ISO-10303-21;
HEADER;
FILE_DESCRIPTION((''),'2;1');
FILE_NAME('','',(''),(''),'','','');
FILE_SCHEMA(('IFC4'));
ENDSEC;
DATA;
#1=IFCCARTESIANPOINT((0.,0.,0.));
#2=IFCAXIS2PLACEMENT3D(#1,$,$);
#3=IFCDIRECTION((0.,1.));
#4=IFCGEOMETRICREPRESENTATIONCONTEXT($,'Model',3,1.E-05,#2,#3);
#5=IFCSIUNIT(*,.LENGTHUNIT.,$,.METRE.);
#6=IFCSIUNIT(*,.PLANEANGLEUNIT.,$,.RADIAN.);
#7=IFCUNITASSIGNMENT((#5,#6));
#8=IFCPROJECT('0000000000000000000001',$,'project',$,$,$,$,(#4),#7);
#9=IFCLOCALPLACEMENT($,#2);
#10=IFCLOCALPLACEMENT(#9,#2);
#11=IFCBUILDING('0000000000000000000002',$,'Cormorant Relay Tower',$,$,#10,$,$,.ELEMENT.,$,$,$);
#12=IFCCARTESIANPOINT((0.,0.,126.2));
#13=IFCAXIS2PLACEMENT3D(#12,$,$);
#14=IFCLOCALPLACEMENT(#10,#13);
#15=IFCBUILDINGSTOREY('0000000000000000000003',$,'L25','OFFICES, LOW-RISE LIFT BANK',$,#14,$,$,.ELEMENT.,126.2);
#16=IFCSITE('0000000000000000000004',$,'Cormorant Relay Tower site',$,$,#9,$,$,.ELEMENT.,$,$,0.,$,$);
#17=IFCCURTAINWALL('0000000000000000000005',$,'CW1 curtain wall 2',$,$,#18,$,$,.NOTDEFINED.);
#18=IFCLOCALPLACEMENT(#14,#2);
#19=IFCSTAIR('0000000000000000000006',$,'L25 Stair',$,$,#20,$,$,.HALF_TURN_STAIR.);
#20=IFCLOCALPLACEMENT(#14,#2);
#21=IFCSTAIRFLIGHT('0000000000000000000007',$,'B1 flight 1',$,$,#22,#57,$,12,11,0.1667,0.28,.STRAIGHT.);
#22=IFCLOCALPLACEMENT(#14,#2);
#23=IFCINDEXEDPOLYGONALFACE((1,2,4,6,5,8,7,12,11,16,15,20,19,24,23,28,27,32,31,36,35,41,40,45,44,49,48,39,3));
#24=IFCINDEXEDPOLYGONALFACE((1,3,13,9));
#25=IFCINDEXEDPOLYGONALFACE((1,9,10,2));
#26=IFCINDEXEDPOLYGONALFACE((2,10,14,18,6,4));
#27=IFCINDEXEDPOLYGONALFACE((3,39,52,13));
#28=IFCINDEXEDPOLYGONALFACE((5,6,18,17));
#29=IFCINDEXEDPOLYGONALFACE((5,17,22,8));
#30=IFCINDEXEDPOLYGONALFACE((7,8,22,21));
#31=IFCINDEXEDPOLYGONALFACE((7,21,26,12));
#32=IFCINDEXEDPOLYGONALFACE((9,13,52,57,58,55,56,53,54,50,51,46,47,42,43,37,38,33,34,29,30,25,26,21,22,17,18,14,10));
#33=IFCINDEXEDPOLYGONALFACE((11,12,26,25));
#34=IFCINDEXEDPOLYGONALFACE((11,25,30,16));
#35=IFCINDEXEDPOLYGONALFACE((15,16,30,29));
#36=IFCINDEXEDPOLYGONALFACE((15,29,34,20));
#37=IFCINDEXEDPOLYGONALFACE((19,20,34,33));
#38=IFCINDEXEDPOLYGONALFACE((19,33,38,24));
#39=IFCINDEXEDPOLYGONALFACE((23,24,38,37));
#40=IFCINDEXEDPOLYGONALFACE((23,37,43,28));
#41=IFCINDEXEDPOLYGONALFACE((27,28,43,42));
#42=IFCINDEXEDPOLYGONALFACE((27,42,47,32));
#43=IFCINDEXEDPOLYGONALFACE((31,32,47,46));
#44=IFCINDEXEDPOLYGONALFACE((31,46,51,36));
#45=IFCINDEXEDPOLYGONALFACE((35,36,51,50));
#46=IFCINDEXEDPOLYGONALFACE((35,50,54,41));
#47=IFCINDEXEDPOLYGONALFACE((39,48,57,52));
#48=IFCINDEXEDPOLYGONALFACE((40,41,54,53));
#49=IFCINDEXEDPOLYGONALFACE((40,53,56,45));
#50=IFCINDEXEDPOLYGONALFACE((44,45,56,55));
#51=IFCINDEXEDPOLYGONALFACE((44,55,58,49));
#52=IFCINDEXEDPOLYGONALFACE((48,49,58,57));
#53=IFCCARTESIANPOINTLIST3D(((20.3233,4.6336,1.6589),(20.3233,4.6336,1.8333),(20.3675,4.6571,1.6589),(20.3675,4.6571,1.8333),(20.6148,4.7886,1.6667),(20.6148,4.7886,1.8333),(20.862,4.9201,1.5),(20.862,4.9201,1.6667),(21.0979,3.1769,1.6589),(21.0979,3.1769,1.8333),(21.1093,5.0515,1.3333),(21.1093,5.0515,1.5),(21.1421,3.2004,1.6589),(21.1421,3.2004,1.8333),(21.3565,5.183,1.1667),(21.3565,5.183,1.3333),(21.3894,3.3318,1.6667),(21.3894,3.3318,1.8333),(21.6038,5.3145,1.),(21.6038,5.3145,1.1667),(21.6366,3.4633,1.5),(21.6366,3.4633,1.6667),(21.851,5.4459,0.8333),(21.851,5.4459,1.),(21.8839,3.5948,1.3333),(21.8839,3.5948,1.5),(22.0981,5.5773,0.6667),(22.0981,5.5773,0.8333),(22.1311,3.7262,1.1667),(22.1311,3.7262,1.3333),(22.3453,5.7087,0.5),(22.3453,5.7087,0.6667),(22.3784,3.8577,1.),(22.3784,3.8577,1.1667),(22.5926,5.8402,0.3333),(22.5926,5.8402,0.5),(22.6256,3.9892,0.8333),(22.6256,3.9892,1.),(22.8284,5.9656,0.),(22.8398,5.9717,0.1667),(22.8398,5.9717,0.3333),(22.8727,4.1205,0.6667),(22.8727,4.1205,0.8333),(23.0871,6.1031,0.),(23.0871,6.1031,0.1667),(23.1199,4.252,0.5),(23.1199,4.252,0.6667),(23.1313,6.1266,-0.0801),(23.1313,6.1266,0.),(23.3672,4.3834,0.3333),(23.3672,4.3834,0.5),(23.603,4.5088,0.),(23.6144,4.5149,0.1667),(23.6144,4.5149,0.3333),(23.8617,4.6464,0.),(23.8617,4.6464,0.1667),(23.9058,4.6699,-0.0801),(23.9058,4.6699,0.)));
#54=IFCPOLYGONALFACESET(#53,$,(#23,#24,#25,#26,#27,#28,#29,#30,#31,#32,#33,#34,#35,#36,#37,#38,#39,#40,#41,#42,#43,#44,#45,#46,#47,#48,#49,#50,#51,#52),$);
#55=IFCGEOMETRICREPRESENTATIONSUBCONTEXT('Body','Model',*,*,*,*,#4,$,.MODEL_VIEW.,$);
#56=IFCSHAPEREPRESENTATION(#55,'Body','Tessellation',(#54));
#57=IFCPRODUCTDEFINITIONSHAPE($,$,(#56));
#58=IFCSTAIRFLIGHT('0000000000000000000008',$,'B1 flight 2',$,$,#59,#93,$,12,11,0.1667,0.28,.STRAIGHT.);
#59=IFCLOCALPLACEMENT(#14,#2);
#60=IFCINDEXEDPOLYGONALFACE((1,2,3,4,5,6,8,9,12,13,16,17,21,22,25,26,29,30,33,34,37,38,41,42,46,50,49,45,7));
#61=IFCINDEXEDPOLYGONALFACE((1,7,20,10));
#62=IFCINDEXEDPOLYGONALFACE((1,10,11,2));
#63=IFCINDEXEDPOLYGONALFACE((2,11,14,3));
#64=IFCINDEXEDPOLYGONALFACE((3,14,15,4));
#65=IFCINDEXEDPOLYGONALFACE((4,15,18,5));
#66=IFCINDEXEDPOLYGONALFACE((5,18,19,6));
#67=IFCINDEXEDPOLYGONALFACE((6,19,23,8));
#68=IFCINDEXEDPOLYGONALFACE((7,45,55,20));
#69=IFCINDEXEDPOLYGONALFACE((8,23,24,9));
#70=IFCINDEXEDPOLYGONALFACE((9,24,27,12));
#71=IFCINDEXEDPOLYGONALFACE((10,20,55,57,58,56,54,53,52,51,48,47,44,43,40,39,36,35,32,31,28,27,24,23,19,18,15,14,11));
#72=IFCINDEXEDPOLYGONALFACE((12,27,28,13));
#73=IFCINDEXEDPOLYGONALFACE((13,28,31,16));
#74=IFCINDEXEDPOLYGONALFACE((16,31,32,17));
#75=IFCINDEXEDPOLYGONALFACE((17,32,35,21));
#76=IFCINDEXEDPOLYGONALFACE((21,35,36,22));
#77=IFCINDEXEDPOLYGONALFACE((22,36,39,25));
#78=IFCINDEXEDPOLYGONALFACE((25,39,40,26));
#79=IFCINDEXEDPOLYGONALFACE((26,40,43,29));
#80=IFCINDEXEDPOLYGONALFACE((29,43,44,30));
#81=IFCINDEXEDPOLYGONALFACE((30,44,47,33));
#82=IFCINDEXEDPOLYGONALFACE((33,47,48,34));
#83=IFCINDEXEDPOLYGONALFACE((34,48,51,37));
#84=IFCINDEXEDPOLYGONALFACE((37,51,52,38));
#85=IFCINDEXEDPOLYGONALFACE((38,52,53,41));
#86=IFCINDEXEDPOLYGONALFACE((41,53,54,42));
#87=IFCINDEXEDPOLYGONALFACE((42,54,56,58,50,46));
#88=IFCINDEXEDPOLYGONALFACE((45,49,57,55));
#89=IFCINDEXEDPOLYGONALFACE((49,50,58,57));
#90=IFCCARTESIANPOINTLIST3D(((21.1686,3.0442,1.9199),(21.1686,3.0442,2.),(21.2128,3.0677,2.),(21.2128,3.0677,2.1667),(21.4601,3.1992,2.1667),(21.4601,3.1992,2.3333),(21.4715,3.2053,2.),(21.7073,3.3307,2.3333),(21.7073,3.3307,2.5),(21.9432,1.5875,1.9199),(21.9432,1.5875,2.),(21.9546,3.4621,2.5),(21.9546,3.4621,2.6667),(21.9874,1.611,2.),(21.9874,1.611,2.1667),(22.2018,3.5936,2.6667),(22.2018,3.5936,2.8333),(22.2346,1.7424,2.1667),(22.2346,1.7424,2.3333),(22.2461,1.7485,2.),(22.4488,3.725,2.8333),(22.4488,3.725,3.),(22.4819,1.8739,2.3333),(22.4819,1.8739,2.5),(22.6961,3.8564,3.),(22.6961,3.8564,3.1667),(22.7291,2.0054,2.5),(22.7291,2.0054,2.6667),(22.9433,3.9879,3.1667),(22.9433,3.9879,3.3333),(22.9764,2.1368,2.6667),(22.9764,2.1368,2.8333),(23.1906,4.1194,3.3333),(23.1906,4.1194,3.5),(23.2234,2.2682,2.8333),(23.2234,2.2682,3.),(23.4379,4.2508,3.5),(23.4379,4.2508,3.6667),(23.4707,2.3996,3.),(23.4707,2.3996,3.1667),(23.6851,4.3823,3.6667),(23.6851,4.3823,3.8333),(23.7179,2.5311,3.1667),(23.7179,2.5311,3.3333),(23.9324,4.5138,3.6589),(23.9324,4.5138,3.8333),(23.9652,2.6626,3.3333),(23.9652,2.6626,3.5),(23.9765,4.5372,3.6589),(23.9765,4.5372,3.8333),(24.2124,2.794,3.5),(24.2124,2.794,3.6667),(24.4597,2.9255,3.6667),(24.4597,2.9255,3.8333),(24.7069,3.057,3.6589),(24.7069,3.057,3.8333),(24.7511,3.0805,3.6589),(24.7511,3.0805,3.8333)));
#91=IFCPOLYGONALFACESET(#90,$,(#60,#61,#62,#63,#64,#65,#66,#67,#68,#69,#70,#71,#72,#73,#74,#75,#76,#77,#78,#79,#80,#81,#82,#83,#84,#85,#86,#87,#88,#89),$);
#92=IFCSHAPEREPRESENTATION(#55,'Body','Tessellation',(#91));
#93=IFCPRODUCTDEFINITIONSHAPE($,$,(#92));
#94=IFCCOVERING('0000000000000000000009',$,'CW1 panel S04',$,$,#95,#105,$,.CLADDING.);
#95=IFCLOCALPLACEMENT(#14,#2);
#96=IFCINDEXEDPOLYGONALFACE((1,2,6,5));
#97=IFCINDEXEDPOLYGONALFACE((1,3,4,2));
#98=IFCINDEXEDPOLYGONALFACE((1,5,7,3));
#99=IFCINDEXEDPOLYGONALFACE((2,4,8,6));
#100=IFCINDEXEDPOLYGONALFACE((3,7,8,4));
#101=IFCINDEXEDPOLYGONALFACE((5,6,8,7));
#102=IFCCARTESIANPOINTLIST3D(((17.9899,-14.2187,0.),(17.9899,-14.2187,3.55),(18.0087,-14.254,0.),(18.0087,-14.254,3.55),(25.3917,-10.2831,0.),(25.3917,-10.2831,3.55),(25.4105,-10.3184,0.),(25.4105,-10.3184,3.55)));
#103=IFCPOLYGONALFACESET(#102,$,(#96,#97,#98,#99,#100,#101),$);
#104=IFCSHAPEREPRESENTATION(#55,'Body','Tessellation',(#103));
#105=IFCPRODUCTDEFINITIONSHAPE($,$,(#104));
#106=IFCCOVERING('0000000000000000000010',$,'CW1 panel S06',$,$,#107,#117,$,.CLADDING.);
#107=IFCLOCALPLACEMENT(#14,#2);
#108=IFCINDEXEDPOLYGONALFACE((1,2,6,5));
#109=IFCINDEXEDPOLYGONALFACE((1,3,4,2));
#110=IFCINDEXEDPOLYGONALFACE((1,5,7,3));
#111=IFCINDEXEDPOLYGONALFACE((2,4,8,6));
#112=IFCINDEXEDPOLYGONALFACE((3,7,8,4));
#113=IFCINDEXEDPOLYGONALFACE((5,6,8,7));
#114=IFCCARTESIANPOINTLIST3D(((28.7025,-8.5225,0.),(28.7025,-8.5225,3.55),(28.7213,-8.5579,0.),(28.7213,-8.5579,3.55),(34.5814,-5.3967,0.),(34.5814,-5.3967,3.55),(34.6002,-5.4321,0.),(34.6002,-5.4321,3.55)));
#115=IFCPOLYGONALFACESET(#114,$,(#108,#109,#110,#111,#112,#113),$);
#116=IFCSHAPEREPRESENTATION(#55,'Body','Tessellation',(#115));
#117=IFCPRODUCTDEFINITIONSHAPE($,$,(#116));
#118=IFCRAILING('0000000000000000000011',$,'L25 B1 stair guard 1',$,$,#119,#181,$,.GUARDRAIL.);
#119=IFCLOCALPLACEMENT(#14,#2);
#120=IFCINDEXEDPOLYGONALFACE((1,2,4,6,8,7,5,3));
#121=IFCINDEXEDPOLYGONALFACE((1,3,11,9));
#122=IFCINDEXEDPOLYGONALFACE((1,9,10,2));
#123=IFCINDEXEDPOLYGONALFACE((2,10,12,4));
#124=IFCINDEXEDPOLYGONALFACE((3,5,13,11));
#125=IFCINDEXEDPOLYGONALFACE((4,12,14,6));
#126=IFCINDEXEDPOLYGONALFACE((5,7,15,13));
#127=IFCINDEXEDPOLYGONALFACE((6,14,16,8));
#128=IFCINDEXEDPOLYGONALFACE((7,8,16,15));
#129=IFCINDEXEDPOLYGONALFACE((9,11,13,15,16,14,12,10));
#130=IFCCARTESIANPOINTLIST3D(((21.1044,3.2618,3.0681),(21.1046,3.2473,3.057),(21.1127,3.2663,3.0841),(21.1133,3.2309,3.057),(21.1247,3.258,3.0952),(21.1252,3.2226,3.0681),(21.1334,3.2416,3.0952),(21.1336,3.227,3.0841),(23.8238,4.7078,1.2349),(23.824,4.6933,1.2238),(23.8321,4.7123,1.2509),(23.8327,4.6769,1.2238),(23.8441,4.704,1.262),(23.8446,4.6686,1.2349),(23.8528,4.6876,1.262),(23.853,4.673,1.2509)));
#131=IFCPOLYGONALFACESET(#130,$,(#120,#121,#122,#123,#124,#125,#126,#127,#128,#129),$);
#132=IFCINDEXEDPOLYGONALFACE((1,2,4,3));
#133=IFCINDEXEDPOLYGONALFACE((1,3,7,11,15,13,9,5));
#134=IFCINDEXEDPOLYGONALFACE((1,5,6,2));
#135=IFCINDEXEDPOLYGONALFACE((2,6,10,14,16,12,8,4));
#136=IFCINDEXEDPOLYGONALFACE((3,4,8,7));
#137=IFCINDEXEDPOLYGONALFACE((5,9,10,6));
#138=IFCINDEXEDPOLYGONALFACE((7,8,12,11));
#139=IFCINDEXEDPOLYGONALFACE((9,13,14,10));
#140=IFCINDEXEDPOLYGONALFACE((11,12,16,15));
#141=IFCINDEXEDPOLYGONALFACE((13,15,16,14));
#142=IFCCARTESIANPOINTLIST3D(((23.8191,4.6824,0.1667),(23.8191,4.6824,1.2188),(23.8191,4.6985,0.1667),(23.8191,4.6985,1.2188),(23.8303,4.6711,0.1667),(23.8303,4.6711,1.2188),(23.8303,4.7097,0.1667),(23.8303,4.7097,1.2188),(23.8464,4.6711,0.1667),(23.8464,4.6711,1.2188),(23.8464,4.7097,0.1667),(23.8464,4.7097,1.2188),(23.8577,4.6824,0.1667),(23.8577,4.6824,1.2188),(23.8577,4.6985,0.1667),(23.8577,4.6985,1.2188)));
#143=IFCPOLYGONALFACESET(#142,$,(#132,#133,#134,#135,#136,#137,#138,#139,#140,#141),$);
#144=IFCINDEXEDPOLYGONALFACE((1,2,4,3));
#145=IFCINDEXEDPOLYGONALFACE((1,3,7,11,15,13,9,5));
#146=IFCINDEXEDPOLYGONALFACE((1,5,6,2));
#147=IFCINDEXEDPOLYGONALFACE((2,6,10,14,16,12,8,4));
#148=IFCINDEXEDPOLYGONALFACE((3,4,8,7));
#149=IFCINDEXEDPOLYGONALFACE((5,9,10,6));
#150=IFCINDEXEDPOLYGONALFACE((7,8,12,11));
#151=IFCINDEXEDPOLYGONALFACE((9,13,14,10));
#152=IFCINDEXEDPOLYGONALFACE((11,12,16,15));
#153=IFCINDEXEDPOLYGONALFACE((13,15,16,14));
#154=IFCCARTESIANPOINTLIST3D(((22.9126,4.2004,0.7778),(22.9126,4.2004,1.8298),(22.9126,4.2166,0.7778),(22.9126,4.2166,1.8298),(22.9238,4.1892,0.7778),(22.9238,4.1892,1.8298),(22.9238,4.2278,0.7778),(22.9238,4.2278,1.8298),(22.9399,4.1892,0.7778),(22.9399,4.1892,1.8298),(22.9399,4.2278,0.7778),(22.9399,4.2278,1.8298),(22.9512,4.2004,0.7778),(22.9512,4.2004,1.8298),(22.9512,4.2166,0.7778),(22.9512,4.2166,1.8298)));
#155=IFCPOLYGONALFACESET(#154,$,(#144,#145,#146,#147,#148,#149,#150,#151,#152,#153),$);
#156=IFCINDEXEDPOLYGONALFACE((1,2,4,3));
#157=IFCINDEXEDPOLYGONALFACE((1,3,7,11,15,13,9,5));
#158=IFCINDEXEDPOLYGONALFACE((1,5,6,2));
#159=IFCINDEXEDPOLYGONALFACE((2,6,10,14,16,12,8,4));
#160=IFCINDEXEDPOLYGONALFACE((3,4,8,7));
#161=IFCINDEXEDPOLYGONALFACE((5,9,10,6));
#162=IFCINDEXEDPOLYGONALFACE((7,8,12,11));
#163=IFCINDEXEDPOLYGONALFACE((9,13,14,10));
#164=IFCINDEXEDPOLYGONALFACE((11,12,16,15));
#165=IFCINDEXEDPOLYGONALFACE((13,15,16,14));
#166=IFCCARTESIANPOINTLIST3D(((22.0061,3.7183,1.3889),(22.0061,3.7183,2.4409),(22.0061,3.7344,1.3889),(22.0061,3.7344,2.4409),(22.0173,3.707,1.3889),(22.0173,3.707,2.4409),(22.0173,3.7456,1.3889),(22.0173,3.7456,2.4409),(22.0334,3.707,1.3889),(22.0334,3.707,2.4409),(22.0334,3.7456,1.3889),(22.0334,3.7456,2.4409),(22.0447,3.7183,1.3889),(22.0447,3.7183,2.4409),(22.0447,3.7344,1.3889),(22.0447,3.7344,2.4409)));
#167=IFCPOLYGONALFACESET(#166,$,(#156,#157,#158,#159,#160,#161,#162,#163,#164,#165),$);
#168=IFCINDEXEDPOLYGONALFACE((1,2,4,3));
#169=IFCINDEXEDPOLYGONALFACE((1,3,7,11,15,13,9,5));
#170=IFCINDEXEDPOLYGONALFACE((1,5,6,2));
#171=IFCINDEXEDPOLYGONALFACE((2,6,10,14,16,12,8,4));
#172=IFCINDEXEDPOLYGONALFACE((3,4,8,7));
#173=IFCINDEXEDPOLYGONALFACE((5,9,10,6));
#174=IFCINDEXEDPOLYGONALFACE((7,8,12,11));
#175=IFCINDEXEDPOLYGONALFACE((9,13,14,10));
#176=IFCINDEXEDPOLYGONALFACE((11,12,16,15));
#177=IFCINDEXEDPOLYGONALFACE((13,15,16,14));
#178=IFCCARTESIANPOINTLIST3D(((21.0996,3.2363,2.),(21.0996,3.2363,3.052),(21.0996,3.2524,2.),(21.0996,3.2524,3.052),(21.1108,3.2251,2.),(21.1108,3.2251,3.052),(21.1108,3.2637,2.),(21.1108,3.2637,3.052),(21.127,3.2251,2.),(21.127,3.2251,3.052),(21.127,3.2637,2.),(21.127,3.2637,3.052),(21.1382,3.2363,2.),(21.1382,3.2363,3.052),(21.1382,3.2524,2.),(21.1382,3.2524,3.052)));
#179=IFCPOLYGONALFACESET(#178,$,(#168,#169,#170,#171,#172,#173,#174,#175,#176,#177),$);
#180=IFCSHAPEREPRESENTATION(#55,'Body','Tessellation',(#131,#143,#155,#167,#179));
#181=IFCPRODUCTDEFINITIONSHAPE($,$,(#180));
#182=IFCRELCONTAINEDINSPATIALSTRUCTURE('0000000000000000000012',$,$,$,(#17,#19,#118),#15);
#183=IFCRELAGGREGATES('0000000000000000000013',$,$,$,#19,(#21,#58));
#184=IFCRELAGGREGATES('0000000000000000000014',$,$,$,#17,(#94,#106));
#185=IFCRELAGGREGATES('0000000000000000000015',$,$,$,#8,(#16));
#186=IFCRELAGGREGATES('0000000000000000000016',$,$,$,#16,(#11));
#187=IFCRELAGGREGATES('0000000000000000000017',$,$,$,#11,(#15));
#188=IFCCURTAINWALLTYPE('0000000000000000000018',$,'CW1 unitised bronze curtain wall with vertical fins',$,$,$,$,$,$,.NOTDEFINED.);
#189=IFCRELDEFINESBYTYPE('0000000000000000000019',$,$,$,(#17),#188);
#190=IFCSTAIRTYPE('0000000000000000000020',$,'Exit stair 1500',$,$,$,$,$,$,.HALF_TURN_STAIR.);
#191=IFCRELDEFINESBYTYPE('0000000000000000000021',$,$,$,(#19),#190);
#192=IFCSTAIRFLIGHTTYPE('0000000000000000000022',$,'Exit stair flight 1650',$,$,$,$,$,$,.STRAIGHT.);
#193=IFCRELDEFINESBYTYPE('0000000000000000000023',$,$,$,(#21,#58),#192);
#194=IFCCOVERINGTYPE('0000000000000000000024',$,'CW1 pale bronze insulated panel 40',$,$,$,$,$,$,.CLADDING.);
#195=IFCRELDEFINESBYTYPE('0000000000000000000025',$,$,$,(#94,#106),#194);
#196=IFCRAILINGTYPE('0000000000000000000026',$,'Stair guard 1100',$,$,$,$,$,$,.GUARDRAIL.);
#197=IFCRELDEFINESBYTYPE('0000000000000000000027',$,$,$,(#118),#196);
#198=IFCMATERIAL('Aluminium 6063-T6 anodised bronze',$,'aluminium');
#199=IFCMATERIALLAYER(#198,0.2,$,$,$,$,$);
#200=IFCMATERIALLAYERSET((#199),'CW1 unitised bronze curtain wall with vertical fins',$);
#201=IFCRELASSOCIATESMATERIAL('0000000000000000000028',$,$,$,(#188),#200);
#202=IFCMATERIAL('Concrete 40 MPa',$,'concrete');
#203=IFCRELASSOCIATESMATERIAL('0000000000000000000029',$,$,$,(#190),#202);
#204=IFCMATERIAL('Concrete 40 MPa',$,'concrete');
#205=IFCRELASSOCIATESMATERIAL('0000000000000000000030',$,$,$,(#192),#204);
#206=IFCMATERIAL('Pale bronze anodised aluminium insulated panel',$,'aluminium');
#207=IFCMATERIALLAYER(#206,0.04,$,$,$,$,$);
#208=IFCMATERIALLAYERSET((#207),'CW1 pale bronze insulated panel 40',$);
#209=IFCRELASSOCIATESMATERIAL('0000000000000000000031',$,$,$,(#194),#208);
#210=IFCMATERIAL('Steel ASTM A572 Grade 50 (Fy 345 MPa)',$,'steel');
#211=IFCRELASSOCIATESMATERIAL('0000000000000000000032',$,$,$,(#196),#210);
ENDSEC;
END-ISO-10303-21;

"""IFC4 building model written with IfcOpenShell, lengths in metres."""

from ifc_helpers import new_model, si_unit, direction, frame, origin, origin_2d, place, context, subcontext, project, spatial, polyline, rectangle, outline, extrude, material, layer, layer_set, type_object, element, aggregate, save


model = new_model("IFC4")

# Units and contexts
model_context = context("Model", 3, precision=1e-05, world=origin(), true_north=direction((0.0, 1.0)))
body_context = subcontext(model_context, "Body", "Model", "MODEL_VIEW")
ifc_project = project(units=[si_unit("LENGTHUNIT", "METRE"), si_unit("PLANEANGLEUNIT", "RADIAN")], contexts=[model_context])

# Site, building, storey
site_placement = place(None, origin())
site = spatial("IfcSite", under=ifc_project, at=site_placement, Name="Cormorant Relay Tower site", CompositionType="ELEMENT", RefElevation=0.0)
building_placement = place(site_placement, origin())
building = spatial("IfcBuilding", under=site, at=building_placement, Name="Cormorant Relay Tower", CompositionType="ELEMENT")
storey_placement = place(building_placement, frame((0.0, 0.0, 126.2)))
storey = spatial("IfcBuildingStorey", under=building, at=storey_placement, Name="L25", Description="OFFICES, LOW-RISE LIFT BANK", CompositionType="ELEMENT", Elevation=126.2)

# Curtain wall
ifc_material_1 = material(Name="Aluminium 6063-T6 anodised bronze", Category="aluminium")
ifc_layer_1 = layer(ifc_material_1, 0.2)
ifc_layer_set_1 = layer_set([ifc_layer_1], Name="CW1 unitised bronze curtain wall with vertical fins")
curtain_wall_type = type_object("IfcCurtainWallType", Name="CW1 unitised bronze curtain wall with vertical fins", PredefinedType="NOTDEFINED", material=ifc_layer_set_1)
curtain_wall_1_placement = place(storey_placement, origin())
curtain_wall_1 = element("IfcCurtainWall", 1, at=curtain_wall_1_placement, inside=storey, type_object=curtain_wall_type, Name="CW1 curtain wall 2", PredefinedType="NOTDEFINED")

# Stair, stair flights
ifc_material_2 = material(Name="Concrete 40 MPa", Category="concrete")
stair_type = type_object("IfcStairType", Name="Exit stair 1500", PredefinedType="HALF_TURN_STAIR", material=ifc_material_2)
stair_placement = place(storey_placement, origin())
stair = element("IfcStair", 2, at=stair_placement, inside=storey, type_object=stair_type, Name="L25 Stair", PredefinedType="HALF_TURN_STAIR")
ifc_material_3 = material(Name="Concrete 40 MPa", Category="concrete")
stair_flight_type = type_object("IfcStairFlightType", Name="Exit stair flight 1650", PredefinedType="STRAIGHT", material=ifc_material_3)
stair_flight_1_placement = place(storey_placement, frame((23.4744, 5.3748, 0.0), z_axis=(0.0, 0.0, 1.0), x_axis=(-0.882948, -0.469472, 0.0)))
stair_flight_1 = element("IfcStairFlight", 3, at=stair_flight_1_placement, type_object=stair_flight_type, Name="B1 flight 1", NumberOfRisers=12, NumberOfTreads=11, PredefinedType="STRAIGHT", RiserHeight=0.1667, TreadLength=0.28, context=body_context, shape_type="SweptSolid", body=[
    extrude(outline(polyline([(-0.05, -0.0801), (-0.05, 0.0), (0.0, 0.0), (0.0, 0.1667), (0.28, 0.1667), (0.28, 0.3333), (0.5601, 0.3333), (0.5601, 0.5), (0.8401, 0.5), (0.8401, 0.6667), (1.1201, 0.6667), (1.1201, 0.8333), (1.3999, 0.8333), (1.3999, 1.0), (1.6799, 1.0), (1.6799, 1.1667), (1.96, 1.1667), (1.96, 1.3333), (2.24, 1.3333), (2.24, 1.5), (2.52, 1.5), (2.52, 1.6667), (2.8, 1.6667), (2.8, 1.8333), (3.0801, 1.8333), (3.1301, 1.8333), (3.1301, 1.6589), (3.0801, 1.6589), (0.293, 0.0), (-0.05, -0.0801)])), frame((0.0, 0.825, 0.0), z_axis=(0.0, -1.0, 0.0), x_axis=(1.0, 0.0, 0.0)), (0.0, 0.0, 1.0), 1.6499),
])
stair_flight_2_placement = place(storey_placement, frame((21.6001, 2.3394, 2.0), z_axis=(0.0, 0.0, 1.0), x_axis=(0.882948, 0.469472, 0.0)))
stair_flight_2 = element("IfcStairFlight", 4, at=stair_flight_2_placement, type_object=stair_flight_type, Name="B1 flight 2", NumberOfRisers=12, NumberOfTreads=11, PredefinedType="STRAIGHT", RiserHeight=0.1667, TreadLength=0.28, context=body_context, shape_type="SweptSolid", body=[
    extrude(outline(polyline([(-0.05, -0.0801), (-0.05, 0.0), (0.0, 0.0), (0.0, 0.1667), (0.28, 0.1667), (0.28, 0.3333), (0.5601, 0.3333), (0.5601, 0.5), (0.8401, 0.5), (0.8401, 0.6667), (1.1201, 0.6667), (1.1201, 0.8333), (1.3999, 0.8333), (1.3999, 1.0), (1.6799, 1.0), (1.6799, 1.1667), (1.96, 1.1667), (1.96, 1.3333), (2.24, 1.3333), (2.24, 1.5), (2.52, 1.5), (2.52, 1.6667), (2.8, 1.6667), (2.8, 1.8333), (3.0801, 1.8333), (3.1301, 1.8333), (3.1301, 1.6589), (3.0801, 1.6589), (0.293, 0.0), (-0.05, -0.0801)])), frame((0.0, 0.825, 0.0), z_axis=(0.0, -1.0, 0.0), x_axis=(1.0, 0.0, 0.0)), (0.0, 0.0, 1.0), 1.6499),
])
aggregate(stair, [stair_flight_1, stair_flight_2])

# Coverings
ifc_material_4 = material(Name="Pale bronze anodised aluminium insulated panel", Category="aluminium")
ifc_layer_2 = layer(ifc_material_4, 0.04)
ifc_layer_set_2 = layer_set([ifc_layer_2], Name="CW1 pale bronze insulated panel 40")
covering_type = type_object("IfcCoveringType", Name="CW1 pale bronze insulated panel 40", PredefinedType="CLADDING", material=ifc_layer_set_2)
covering_1_placement = place(storey_placement, frame((21.7002, -12.2686, 0.0), z_axis=(0.0, 0.0, 1.0), x_axis=(0.882948, 0.469472, 0.0)))
covering_1 = element("IfcCovering", 5, at=covering_1_placement, type_object=covering_type, Name="CW1 panel S04", PredefinedType="CLADDING", context=body_context, shape_type="SweptSolid", body=[
    extrude(rectangle(XDim=8.3831, YDim=0.04, at=origin_2d()), origin(), (0.0, 0.0, 1.0), 3.55),
])
covering_2_placement = place(storey_placement, frame((31.6514, -6.9773, 0.0), z_axis=(0.0, 0.0, 1.0), x_axis=(0.882948, 0.469472, 0.0)))
covering_2 = element("IfcCovering", 6, at=covering_2_placement, type_object=covering_type, Name="CW1 panel S06", PredefinedType="CLADDING", context=body_context, shape_type="SweptSolid", body=[
    extrude(rectangle(XDim=6.6582, YDim=0.04, at=origin_2d()), origin(), (0.0, 0.0, 1.0), 3.55),
])
aggregate(curtain_wall_1, [covering_1, covering_2])

# Railing
ifc_material_5 = material(Name="Steel ASTM A572 Grade 50 (Fy 345 MPa)", Category="steel")
railing_type_1 = type_object("IfcRailingType", Name="Stair guard 1100", PredefinedType="GUARDRAIL", material=ifc_material_5)
railing_1_placement = place(storey_placement, frame((23.8384, 4.6904, 0.1667)))
element("IfcRailing", 7, at=railing_1_placement, inside=storey, type_object=railing_type_1, Name="L25 B1 stair guard 1", PredefinedType="GUARDRAIL", context=body_context, shape_type="SweptSolid", body=[
    extrude(outline(polyline([(0.0222, 0.0093), (0.0093, 0.0222), (-0.0093, 0.0222), (-0.0222, 0.0093), (-0.0222, -0.0093), (-0.0093, -0.0222), (0.0093, -0.0222), (0.0222, -0.0093), (0.0222, 0.0093)])), frame((0.0, 0.0, 1.0762), z_axis=(-0.758714, -0.403435, 0.511463), x_axis=(0.469489, -0.882938, 0.0)), (0.0, 0.0, 1.0), 3.5842),
    extrude(outline(polyline([(0.0193, 0.0081), (0.0081, 0.0193), (-0.0081, 0.0193), (-0.0193, 0.0081), (-0.0193, -0.0081), (-0.0081, -0.0193), (0.0081, -0.0193), (0.0193, -0.0081), (0.0193, 0.0081)])), origin(), (0.0, 0.0, 1.0), 1.052),
    extrude(outline(polyline([(0.0193, 0.0081), (0.0081, 0.0193), (-0.0081, 0.0193), (-0.0193, 0.0081), (-0.0193, -0.0081), (-0.0081, -0.0193), (0.0081, -0.0193), (0.0193, -0.0081), (0.0193, 0.0081)])), frame((-0.9065, -0.4819, 0.6111)), (0.0, 0.0, 1.0), 1.052),
    extrude(outline(polyline([(0.0193, 0.0081), (0.0081, 0.0193), (-0.0081, 0.0193), (-0.0193, 0.0081), (-0.0193, -0.0081), (-0.0081, -0.0193), (0.0081, -0.0193), (0.0193, -0.0081), (0.0193, 0.0081)])), frame((-1.813, -0.9641, 1.2222)), (0.0, 0.0, 1.0), 1.052),
    extrude(outline(polyline([(0.0193, 0.0081), (0.0081, 0.0193), (-0.0081, 0.0193), (-0.0193, 0.0081), (-0.0193, -0.0081), (-0.0081, -0.0193), (0.0081, -0.0193), (0.0193, -0.0081), (0.0193, 0.0081)])), frame((-2.7195, -1.446, 1.8333)), (0.0, 0.0, 1.0), 1.052),
])

save(model, "model.ifc")
